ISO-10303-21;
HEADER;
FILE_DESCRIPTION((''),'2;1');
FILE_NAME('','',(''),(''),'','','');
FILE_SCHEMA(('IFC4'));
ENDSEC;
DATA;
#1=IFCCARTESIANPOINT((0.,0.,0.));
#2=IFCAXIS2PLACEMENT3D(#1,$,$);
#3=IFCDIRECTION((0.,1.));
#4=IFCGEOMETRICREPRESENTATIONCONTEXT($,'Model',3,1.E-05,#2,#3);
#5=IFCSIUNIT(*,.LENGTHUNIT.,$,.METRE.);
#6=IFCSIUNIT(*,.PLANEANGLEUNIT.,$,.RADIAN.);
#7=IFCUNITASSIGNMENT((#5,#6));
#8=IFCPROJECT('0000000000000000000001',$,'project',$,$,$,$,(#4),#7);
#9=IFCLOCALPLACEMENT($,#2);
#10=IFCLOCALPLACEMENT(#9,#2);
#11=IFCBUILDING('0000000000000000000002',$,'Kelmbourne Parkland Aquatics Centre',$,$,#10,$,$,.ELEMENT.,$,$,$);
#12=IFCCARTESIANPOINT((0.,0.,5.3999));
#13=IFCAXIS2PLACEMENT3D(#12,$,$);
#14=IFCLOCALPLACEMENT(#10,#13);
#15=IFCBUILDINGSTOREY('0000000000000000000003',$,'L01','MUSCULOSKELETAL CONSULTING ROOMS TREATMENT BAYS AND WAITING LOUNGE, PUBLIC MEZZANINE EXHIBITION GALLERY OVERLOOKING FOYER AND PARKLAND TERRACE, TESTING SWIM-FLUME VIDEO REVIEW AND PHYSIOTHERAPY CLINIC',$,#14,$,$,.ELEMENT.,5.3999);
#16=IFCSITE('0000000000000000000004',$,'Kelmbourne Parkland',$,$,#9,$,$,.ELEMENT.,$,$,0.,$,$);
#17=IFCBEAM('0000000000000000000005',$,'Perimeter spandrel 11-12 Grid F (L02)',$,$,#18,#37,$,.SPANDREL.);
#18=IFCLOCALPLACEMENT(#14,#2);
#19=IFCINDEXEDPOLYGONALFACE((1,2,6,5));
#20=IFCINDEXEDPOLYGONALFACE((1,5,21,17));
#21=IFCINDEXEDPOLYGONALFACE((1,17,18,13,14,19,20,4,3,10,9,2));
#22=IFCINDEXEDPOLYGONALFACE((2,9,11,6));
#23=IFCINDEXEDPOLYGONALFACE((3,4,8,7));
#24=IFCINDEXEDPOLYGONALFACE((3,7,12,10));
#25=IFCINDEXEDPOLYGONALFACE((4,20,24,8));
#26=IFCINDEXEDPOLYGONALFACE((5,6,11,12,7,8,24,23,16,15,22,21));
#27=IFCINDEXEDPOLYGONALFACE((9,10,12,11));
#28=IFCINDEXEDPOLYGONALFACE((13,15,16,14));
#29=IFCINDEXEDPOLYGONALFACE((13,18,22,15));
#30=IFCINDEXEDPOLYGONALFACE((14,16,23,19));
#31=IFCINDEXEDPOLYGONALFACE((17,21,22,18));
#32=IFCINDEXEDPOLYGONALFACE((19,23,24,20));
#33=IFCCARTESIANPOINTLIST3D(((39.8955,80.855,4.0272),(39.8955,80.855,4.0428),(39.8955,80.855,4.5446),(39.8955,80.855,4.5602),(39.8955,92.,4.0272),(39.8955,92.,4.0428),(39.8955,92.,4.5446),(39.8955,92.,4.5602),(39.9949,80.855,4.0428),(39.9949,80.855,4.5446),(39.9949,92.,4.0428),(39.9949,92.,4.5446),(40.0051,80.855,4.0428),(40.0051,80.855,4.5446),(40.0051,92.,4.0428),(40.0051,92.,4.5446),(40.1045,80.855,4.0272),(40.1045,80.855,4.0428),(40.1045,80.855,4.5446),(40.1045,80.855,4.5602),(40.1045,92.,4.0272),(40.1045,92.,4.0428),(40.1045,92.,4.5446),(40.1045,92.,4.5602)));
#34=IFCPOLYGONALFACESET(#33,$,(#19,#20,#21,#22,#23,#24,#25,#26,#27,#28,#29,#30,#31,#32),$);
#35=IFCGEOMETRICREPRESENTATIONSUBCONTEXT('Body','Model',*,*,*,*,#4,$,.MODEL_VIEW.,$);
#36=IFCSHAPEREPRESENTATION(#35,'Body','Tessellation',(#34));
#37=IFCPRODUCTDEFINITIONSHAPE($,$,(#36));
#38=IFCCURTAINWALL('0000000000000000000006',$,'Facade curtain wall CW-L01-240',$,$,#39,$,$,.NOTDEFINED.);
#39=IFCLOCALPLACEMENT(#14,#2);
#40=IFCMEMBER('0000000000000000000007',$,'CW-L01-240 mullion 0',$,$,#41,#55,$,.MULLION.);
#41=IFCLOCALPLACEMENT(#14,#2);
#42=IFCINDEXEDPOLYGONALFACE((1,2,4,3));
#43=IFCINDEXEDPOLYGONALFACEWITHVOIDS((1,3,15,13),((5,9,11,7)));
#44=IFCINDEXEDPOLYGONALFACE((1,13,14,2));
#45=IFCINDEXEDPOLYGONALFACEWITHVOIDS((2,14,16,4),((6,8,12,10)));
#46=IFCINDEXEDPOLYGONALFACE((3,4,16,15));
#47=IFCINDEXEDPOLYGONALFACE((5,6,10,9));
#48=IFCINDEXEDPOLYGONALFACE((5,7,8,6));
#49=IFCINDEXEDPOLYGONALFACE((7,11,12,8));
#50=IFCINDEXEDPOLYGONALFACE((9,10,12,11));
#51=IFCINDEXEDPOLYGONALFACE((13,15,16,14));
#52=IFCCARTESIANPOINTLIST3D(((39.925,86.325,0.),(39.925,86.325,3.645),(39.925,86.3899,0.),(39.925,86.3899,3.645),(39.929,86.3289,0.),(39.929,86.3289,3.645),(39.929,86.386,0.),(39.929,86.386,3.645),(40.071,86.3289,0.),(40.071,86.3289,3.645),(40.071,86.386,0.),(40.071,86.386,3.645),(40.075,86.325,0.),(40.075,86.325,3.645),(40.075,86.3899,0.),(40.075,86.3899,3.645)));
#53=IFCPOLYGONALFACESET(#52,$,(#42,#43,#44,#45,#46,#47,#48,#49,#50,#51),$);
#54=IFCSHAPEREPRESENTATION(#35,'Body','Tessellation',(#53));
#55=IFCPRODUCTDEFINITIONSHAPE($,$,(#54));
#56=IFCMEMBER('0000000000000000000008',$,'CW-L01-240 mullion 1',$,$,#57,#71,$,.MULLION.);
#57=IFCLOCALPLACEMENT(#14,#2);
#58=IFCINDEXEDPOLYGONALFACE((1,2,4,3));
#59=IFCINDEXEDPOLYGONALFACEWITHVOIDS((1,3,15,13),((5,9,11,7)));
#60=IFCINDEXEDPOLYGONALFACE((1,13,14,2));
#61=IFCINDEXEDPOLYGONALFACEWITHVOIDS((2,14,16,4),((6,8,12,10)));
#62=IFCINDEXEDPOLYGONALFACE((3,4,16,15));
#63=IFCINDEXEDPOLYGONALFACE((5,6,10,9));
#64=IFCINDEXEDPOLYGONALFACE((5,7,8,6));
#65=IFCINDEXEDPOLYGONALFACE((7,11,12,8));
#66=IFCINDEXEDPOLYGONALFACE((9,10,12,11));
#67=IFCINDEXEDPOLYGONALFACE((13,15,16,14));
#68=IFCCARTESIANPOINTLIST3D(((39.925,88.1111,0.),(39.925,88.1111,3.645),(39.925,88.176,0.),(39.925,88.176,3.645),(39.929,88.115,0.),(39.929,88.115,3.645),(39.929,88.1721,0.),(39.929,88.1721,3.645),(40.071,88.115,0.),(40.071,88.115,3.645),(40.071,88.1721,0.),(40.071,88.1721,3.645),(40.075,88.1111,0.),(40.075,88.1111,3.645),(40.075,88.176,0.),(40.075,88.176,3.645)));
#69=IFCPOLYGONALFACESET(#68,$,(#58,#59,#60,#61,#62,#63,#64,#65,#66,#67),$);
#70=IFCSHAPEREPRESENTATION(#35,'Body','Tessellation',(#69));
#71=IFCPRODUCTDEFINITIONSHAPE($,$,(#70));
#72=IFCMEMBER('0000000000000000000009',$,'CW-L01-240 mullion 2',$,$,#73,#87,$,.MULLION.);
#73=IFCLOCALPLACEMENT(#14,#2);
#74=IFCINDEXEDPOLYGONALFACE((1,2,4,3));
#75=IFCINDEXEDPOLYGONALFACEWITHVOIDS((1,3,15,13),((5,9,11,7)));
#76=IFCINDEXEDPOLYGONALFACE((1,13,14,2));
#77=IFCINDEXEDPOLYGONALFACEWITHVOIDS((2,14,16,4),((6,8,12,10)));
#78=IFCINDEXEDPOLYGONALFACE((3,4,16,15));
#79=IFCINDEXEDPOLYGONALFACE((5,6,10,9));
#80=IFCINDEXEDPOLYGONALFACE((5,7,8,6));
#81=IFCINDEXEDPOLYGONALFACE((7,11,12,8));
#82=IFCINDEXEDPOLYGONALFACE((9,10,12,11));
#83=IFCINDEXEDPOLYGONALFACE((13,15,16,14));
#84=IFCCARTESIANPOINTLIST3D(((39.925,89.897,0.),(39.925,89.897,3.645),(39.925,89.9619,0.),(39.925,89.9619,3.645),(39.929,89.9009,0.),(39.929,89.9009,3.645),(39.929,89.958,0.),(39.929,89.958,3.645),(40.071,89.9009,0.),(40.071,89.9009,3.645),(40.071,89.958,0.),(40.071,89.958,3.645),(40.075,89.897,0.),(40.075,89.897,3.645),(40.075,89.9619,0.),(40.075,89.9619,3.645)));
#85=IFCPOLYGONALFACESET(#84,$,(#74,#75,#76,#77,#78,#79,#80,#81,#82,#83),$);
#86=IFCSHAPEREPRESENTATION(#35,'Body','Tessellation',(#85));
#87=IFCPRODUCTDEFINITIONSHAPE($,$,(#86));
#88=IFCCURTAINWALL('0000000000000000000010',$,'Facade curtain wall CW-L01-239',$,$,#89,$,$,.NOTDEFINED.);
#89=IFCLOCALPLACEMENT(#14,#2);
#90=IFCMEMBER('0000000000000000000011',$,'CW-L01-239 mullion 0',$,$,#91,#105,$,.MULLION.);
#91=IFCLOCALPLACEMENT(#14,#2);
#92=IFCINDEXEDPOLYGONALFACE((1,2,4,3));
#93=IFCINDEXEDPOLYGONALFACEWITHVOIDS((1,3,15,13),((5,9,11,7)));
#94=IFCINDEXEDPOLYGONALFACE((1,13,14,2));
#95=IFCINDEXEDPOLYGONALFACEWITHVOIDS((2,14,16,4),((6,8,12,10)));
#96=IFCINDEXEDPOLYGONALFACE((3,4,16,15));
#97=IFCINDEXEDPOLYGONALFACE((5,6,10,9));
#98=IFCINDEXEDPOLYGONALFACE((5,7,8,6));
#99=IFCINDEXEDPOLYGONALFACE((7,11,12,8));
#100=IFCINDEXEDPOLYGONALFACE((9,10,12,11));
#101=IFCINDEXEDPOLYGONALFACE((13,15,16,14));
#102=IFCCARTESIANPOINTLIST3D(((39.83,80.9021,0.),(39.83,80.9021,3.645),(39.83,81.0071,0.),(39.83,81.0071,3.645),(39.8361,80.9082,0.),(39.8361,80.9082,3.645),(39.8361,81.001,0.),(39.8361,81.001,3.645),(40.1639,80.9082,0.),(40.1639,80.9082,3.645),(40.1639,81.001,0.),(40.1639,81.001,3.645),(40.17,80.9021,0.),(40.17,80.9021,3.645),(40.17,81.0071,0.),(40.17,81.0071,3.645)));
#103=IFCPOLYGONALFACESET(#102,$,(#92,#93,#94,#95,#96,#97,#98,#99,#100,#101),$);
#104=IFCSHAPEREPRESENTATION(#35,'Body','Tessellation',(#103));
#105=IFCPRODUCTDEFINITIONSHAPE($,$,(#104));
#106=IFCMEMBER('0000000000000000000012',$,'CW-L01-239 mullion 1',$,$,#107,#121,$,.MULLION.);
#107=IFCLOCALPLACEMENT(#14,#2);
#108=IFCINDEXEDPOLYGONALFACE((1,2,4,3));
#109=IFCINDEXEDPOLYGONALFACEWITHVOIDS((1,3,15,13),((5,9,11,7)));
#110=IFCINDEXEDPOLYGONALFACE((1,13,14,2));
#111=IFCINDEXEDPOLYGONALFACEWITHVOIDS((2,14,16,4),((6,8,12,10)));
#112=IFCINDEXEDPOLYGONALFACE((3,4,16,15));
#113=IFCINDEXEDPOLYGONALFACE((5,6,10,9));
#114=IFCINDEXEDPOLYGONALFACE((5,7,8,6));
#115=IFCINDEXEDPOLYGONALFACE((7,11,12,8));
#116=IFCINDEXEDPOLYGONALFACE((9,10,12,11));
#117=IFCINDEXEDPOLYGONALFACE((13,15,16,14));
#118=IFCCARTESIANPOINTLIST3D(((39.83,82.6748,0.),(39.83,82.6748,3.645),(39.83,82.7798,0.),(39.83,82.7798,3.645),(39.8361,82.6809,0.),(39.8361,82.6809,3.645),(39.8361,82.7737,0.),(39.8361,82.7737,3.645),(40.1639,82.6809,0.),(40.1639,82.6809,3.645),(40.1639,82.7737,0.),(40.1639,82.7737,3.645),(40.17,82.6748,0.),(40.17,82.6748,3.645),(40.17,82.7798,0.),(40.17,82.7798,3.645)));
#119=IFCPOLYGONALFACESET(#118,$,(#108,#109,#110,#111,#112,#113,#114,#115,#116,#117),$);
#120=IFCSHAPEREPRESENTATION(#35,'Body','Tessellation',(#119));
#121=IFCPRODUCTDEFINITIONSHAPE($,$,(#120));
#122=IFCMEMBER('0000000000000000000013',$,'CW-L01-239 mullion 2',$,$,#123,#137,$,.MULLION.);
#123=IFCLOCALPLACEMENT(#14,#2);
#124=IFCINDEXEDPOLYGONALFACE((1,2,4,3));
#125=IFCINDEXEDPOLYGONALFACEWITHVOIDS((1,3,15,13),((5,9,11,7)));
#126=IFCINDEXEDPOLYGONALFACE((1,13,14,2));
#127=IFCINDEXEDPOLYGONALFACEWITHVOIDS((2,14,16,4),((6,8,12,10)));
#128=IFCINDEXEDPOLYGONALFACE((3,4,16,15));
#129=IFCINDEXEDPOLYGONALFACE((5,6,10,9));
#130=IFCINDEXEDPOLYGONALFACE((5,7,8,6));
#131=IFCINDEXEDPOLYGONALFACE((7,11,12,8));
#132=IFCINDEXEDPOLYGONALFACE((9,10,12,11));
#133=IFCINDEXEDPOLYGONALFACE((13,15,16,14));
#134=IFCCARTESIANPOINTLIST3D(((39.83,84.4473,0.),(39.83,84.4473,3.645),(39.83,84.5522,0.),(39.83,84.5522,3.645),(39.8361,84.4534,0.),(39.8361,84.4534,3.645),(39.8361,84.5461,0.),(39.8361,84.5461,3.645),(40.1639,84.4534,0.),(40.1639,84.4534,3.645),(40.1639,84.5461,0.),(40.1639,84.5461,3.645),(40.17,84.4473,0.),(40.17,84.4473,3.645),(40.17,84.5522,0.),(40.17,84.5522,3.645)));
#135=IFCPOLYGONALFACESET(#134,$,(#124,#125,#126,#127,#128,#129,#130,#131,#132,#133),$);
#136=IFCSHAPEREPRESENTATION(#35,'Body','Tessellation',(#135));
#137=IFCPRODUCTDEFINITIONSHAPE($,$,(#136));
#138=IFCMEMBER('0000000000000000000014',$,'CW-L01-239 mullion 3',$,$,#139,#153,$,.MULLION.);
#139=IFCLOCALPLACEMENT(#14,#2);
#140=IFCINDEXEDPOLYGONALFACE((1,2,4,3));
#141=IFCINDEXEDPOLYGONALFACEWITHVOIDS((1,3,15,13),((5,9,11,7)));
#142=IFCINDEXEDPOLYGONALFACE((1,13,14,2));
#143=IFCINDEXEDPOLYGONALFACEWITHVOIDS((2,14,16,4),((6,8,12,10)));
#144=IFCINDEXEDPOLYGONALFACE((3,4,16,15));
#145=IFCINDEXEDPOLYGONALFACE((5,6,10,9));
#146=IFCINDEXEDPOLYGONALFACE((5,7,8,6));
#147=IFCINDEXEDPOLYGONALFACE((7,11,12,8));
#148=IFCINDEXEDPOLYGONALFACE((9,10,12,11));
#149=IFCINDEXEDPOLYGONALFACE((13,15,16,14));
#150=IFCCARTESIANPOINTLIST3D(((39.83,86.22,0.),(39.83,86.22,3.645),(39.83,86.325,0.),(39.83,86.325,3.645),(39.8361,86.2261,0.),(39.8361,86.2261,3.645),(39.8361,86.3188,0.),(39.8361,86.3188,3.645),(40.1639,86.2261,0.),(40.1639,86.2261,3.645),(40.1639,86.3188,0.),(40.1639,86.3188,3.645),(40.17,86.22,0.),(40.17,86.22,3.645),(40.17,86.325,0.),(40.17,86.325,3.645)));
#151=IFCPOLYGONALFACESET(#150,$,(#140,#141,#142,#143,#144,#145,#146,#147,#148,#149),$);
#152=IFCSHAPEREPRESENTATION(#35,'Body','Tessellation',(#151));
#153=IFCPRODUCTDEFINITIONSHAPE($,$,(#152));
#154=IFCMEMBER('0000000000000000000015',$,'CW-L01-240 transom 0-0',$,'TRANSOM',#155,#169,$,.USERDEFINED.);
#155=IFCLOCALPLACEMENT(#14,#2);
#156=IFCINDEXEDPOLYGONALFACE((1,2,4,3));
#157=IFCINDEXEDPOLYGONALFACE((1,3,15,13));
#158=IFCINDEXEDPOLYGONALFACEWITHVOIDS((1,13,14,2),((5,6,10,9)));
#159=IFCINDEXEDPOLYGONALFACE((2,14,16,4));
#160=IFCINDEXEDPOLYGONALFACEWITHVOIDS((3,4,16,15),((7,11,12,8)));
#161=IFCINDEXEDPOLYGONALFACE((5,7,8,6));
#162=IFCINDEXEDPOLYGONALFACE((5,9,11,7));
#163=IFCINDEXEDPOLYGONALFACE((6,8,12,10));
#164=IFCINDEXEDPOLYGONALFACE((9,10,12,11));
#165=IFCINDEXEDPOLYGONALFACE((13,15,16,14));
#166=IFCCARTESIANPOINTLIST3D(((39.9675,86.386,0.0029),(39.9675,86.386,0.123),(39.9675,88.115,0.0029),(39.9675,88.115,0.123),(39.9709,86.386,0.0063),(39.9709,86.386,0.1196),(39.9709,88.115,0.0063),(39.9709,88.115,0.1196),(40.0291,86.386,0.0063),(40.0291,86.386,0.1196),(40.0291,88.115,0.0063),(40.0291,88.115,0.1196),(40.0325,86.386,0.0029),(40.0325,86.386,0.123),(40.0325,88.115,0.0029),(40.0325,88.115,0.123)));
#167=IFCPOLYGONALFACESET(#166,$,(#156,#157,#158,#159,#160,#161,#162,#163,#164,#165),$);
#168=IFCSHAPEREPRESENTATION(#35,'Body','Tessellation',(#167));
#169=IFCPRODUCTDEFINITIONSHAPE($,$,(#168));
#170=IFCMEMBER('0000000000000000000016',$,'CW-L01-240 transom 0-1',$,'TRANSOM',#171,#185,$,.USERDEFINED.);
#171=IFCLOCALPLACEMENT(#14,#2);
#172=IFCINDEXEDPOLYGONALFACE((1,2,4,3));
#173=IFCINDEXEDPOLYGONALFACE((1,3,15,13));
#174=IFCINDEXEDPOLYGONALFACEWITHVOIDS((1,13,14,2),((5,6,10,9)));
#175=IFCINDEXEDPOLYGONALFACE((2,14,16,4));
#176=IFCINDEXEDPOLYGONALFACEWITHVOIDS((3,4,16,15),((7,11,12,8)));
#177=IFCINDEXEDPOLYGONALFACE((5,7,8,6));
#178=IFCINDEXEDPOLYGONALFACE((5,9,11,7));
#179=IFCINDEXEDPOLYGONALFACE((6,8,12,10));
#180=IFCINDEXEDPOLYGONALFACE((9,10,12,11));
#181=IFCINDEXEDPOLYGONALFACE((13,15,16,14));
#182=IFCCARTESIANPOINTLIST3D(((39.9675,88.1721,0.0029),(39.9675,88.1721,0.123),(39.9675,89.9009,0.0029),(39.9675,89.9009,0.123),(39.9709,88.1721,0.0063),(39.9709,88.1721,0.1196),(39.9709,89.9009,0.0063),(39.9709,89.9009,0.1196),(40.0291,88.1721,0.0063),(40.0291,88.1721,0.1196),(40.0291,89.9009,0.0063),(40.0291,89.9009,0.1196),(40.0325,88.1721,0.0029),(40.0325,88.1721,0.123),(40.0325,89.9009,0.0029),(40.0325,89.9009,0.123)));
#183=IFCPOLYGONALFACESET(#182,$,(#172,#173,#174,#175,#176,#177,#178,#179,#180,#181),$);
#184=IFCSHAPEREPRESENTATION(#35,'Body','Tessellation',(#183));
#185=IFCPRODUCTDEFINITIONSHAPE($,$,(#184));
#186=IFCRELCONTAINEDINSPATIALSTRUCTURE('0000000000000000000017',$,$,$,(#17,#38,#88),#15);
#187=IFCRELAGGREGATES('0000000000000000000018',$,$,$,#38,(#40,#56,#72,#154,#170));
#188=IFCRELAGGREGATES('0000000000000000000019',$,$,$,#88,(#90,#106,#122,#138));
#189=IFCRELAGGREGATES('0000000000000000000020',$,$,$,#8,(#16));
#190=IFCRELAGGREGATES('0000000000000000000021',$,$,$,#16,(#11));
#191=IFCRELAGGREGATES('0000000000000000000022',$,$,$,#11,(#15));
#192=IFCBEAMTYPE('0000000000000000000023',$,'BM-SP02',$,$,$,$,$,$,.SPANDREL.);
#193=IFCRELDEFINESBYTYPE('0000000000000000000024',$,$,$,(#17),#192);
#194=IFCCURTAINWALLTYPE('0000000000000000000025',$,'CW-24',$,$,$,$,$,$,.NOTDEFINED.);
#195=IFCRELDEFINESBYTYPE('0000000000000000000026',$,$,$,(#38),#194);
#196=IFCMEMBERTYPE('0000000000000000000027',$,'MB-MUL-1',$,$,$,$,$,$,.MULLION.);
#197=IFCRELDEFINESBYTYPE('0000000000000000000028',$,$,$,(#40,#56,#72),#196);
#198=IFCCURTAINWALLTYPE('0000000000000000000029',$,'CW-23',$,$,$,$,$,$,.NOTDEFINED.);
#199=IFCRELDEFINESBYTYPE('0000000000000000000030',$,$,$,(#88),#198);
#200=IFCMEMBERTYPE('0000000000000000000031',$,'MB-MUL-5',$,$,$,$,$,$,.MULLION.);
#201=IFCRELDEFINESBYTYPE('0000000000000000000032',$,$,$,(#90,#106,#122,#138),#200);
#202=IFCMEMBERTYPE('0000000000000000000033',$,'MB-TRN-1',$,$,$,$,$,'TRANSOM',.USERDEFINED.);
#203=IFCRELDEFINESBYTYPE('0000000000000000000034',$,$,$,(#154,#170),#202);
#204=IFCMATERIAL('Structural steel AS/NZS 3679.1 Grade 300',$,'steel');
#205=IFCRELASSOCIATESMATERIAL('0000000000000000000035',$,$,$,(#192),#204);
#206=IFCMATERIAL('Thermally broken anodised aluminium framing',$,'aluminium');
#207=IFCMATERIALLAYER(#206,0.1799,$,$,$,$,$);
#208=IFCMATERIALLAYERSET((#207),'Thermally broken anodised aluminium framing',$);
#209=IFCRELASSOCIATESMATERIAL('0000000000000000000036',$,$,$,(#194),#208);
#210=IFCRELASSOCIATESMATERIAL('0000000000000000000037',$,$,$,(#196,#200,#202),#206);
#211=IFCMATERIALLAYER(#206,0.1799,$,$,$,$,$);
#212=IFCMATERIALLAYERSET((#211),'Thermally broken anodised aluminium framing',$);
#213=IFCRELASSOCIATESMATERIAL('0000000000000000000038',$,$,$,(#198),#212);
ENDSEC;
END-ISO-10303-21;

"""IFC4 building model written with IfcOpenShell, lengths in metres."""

from ifc_helpers import new_model, si_unit, direction, frame, origin, origin_2d, place, context, subcontext, project, spatial, hollow_rectangle, i_section, extrude, material, layer, layer_set, material_profile, profile_set, type_object, element, aggregate, save


model = new_model("IFC4")

# Units and contexts
model_context = context("Model", 3, precision=1e-05, world=origin(), true_north=direction((0.0, 1.0)))
body_context = subcontext(model_context, "Body", "Model", "MODEL_VIEW")
ifc_project = project(units=[si_unit("LENGTHUNIT", "METRE"), si_unit("PLANEANGLEUNIT", "RADIAN")], contexts=[model_context])

# Site, building, storey
site_placement = place(None, origin())
site = spatial("IfcSite", under=ifc_project, at=site_placement, Name="Kelmbourne Parkland", CompositionType="ELEMENT", RefElevation=0.0)
building_placement = place(site_placement, origin())
building = spatial("IfcBuilding", under=site, at=building_placement, Name="Kelmbourne Parkland Aquatics Centre", CompositionType="ELEMENT")
storey_placement = place(building_placement, frame((0.0, 0.0, 5.3999)))
storey = spatial("IfcBuildingStorey", under=building, at=storey_placement, Name="L01", Description="MUSCULOSKELETAL CONSULTING ROOMS TREATMENT BAYS AND WAITING LOUNGE, PUBLIC MEZZANINE EXHIBITION GALLERY OVERLOOKING FOYER AND PARKLAND TERRACE, TESTING SWIM-FLUME VIDEO REVIEW AND PHYSIOTHERAPY CLINIC", CompositionType="ELEMENT", Elevation=5.3999)

# Beam
ifc_material_1 = material(Name="Structural steel AS/NZS 3679.1 Grade 300", Category="steel")
ifc_material_profile_1 = material_profile(ifc_material_1, i_section(OverallWidth=0.209, OverallDepth=0.533, WebThickness=0.0103, FlangeThickness=0.0156, at=origin_2d()), Name="530UB92.4")
ifc_profile_set_1 = profile_set([ifc_material_profile_1], Name="Structural steel AS/NZS 3679.1 Grade 300")
beam_type = type_object("IfcBeamType", Name="BM-SP02", PredefinedType="SPANDREL", material=ifc_profile_set_1)
beam_placement = place(storey_placement, frame((40.0, 80.855, 4.2937), z_axis=(0.0, 1.0, 0.0), x_axis=(-1.0, 0.0, 0.0)))
element("IfcBeam", 1, at=beam_placement, inside=storey, type_object=beam_type, Name="Perimeter spandrel 11-12 Grid F (L02)", PredefinedType="SPANDREL", context=body_context, shape_type="SweptSolid", body=[
    extrude(i_section(OverallWidth=0.209, OverallDepth=0.533, WebThickness=0.0103, FlangeThickness=0.0156, at=origin_2d()), origin(), (0.0, 0.0, 1.0), 11.145),
])

# Curtain walls, members
ifc_material_2 = material(Name="Thermally broken anodised aluminium framing", Category="aluminium")
ifc_layer_1 = layer(ifc_material_2, 0.1799)
ifc_layer_set_1 = layer_set([ifc_layer_1], Name="Thermally broken anodised aluminium framing")
curtain_wall_type_1 = type_object("IfcCurtainWallType", Name="CW-24", PredefinedType="NOTDEFINED", material=ifc_layer_set_1)
curtain_wall_1_placement = place(storey_placement, origin())
curtain_wall_1 = element("IfcCurtainWall", 2, at=curtain_wall_1_placement, inside=storey, type_object=curtain_wall_type_1, Name="Facade curtain wall CW-L01-240", PredefinedType="NOTDEFINED")
ifc_material_profile_2 = material_profile(ifc_material_2, hollow_rectangle(XDim=0.0649, YDim=0.1499, WallThickness=0.0039, at=origin_2d()), Name="CW-M 65x150")
ifc_profile_set_2 = profile_set([ifc_material_profile_2], Name="Thermally broken anodised aluminium framing")
member_type_1 = type_object("IfcMemberType", Name="MB-MUL-1", PredefinedType="MULLION", material=ifc_profile_set_2)
member_1_placement = place(storey_placement, frame((40.0, 86.3574, 0.0), z_axis=(0.0, 0.0, 1.0), x_axis=(0.0, 1.0, 0.0)))
member_1 = element("IfcMember", 3, at=member_1_placement, type_object=member_type_1, Name="CW-L01-240 mullion 0", PredefinedType="MULLION", context=body_context, shape_type="SweptSolid", body=[
    extrude(hollow_rectangle(XDim=0.0649, YDim=0.1499, WallThickness=0.0039, at=origin_2d()), origin(), (0.0, 0.0, 1.0), 3.645),
])
member_2_placement = place(storey_placement, frame((40.0, 88.1436, 0.0), z_axis=(0.0, 0.0, 1.0), x_axis=(0.0, 1.0, 0.0)))
member_2 = element("IfcMember", 4, at=member_2_placement, type_object=member_type_1, Name="CW-L01-240 mullion 1", PredefinedType="MULLION", context=body_context, shape_type="SweptSolid", body=[
    extrude(hollow_rectangle(XDim=0.0649, YDim=0.1499, WallThickness=0.0039, at=origin_2d()), origin(), (0.0, 0.0, 1.0), 3.645),
])
member_3_placement = place(storey_placement, frame((40.0, 89.9294, 0.0), z_axis=(0.0, 0.0, 1.0), x_axis=(0.0, 1.0, 0.0)))
member_3 = element("IfcMember", 5, at=member_3_placement, type_object=member_type_1, Name="CW-L01-240 mullion 2", PredefinedType="MULLION", context=body_context, shape_type="SweptSolid", body=[
    extrude(hollow_rectangle(XDim=0.0649, YDim=0.1499, WallThickness=0.0039, at=origin_2d()), origin(), (0.0, 0.0, 1.0), 3.645),
])
ifc_layer_2 = layer(ifc_material_2, 0.1799)
ifc_layer_set_2 = layer_set([ifc_layer_2], Name="Thermally broken anodised aluminium framing")
curtain_wall_type_2 = type_object("IfcCurtainWallType", Name="CW-23", PredefinedType="NOTDEFINED", material=ifc_layer_set_2)
curtain_wall_2_placement = place(storey_placement, origin())
curtain_wall_2 = element("IfcCurtainWall", 6, at=curtain_wall_2_placement, inside=storey, type_object=curtain_wall_type_2, Name="Facade curtain wall CW-L01-239", PredefinedType="NOTDEFINED")
ifc_material_profile_3 = material_profile(ifc_material_2, hollow_rectangle(XDim=0.105, YDim=0.3401, WallThickness=0.0061, at=origin_2d()), Name="CW-M 105x340")
ifc_profile_set_3 = profile_set([ifc_material_profile_3], Name="Thermally broken anodised aluminium framing")
member_type_2 = type_object("IfcMemberType", Name="MB-MUL-5", PredefinedType="MULLION", material=ifc_profile_set_3)
member_4_placement = place(storey_placement, frame((40.0, 80.9546, 0.0), z_axis=(0.0, 0.0, 1.0), x_axis=(0.0, 1.0, 0.0)))
member_4 = element("IfcMember", 7, at=member_4_placement, type_object=member_type_2, Name="CW-L01-239 mullion 0", PredefinedType="MULLION", context=body_context, shape_type="SweptSolid", body=[
    extrude(hollow_rectangle(XDim=0.105, YDim=0.3401, WallThickness=0.0061, at=origin_2d()), origin(), (0.0, 0.0, 1.0), 3.645),
])
member_5_placement = place(storey_placement, frame((40.0, 82.7273, 0.0), z_axis=(0.0, 0.0, 1.0), x_axis=(0.0, 1.0, 0.0)))
member_5 = element("IfcMember", 8, at=member_5_placement, type_object=member_type_2, Name="CW-L01-239 mullion 1", PredefinedType="MULLION", context=body_context, shape_type="SweptSolid", body=[
    extrude(hollow_rectangle(XDim=0.105, YDim=0.3401, WallThickness=0.0061, at=origin_2d()), origin(), (0.0, 0.0, 1.0), 3.645),
])
member_6_placement = place(storey_placement, frame((40.0, 84.4998, 0.0), z_axis=(0.0, 0.0, 1.0), x_axis=(0.0, 1.0, 0.0)))
member_6 = element("IfcMember", 9, at=member_6_placement, type_object=member_type_2, Name="CW-L01-239 mullion 2", PredefinedType="MULLION", context=body_context, shape_type="SweptSolid", body=[
    extrude(hollow_rectangle(XDim=0.105, YDim=0.3401, WallThickness=0.0061, at=origin_2d()), origin(), (0.0, 0.0, 1.0), 3.645),
])
member_7_placement = place(storey_placement, frame((40.0, 86.2725, 0.0), z_axis=(0.0, 0.0, 1.0), x_axis=(0.0, 1.0, 0.0)))
member_7 = element("IfcMember", 10, at=member_7_placement, type_object=member_type_2, Name="CW-L01-239 mullion 3", PredefinedType="MULLION", context=body_context, shape_type="SweptSolid", body=[
    extrude(hollow_rectangle(XDim=0.105, YDim=0.3401, WallThickness=0.0061, at=origin_2d()), origin(), (0.0, 0.0, 1.0), 3.645),
])

# Members
ifc_material_profile_4 = material_profile(ifc_material_2, hollow_rectangle(XDim=0.0649, YDim=0.1201, WallThickness=0.0034, at=origin_2d()), Name="CW-T 65x120")
ifc_profile_set_4 = profile_set([ifc_material_profile_4], Name="Thermally broken anodised aluminium framing")
member_type_3 = type_object("IfcMemberType", Name="MB-TRN-1", ElementType="TRANSOM", PredefinedType="USERDEFINED", material=ifc_profile_set_4)
member_8_placement = place(storey_placement, frame((40.0, 86.386, 0.063), z_axis=(0.0, 1.0, 0.0), x_axis=(-1.0, 0.0, 0.0)))
member_8 = element("IfcMember", 11, at=member_8_placement, type_object=member_type_3, Name="CW-L01-240 transom 0-0", ObjectType="TRANSOM", PredefinedType="USERDEFINED", context=body_context, shape_type="SweptSolid", body=[
    extrude(hollow_rectangle(XDim=0.0649, YDim=0.1201, WallThickness=0.0034, at=origin_2d()), origin(), (0.0, 0.0, 1.0), 1.729),
])
member_9_placement = place(storey_placement, frame((40.0, 88.1721, 0.063), z_axis=(0.0, 1.0, 0.0), x_axis=(-1.0, 0.0, 0.0)))
member_9 = element("IfcMember", 12, at=member_9_placement, type_object=member_type_3, Name="CW-L01-240 transom 0-1", ObjectType="TRANSOM", PredefinedType="USERDEFINED", context=body_context, shape_type="SweptSolid", body=[
    extrude(hollow_rectangle(XDim=0.0649, YDim=0.1201, WallThickness=0.0034, at=origin_2d()), origin(), (0.0, 0.0, 1.0), 1.7288),
])

aggregate(curtain_wall_1, [member_1, member_2, member_3, member_8, member_9])
aggregate(curtain_wall_2, [member_4, member_5, member_6, member_7])

save(model, "model.ifc")
